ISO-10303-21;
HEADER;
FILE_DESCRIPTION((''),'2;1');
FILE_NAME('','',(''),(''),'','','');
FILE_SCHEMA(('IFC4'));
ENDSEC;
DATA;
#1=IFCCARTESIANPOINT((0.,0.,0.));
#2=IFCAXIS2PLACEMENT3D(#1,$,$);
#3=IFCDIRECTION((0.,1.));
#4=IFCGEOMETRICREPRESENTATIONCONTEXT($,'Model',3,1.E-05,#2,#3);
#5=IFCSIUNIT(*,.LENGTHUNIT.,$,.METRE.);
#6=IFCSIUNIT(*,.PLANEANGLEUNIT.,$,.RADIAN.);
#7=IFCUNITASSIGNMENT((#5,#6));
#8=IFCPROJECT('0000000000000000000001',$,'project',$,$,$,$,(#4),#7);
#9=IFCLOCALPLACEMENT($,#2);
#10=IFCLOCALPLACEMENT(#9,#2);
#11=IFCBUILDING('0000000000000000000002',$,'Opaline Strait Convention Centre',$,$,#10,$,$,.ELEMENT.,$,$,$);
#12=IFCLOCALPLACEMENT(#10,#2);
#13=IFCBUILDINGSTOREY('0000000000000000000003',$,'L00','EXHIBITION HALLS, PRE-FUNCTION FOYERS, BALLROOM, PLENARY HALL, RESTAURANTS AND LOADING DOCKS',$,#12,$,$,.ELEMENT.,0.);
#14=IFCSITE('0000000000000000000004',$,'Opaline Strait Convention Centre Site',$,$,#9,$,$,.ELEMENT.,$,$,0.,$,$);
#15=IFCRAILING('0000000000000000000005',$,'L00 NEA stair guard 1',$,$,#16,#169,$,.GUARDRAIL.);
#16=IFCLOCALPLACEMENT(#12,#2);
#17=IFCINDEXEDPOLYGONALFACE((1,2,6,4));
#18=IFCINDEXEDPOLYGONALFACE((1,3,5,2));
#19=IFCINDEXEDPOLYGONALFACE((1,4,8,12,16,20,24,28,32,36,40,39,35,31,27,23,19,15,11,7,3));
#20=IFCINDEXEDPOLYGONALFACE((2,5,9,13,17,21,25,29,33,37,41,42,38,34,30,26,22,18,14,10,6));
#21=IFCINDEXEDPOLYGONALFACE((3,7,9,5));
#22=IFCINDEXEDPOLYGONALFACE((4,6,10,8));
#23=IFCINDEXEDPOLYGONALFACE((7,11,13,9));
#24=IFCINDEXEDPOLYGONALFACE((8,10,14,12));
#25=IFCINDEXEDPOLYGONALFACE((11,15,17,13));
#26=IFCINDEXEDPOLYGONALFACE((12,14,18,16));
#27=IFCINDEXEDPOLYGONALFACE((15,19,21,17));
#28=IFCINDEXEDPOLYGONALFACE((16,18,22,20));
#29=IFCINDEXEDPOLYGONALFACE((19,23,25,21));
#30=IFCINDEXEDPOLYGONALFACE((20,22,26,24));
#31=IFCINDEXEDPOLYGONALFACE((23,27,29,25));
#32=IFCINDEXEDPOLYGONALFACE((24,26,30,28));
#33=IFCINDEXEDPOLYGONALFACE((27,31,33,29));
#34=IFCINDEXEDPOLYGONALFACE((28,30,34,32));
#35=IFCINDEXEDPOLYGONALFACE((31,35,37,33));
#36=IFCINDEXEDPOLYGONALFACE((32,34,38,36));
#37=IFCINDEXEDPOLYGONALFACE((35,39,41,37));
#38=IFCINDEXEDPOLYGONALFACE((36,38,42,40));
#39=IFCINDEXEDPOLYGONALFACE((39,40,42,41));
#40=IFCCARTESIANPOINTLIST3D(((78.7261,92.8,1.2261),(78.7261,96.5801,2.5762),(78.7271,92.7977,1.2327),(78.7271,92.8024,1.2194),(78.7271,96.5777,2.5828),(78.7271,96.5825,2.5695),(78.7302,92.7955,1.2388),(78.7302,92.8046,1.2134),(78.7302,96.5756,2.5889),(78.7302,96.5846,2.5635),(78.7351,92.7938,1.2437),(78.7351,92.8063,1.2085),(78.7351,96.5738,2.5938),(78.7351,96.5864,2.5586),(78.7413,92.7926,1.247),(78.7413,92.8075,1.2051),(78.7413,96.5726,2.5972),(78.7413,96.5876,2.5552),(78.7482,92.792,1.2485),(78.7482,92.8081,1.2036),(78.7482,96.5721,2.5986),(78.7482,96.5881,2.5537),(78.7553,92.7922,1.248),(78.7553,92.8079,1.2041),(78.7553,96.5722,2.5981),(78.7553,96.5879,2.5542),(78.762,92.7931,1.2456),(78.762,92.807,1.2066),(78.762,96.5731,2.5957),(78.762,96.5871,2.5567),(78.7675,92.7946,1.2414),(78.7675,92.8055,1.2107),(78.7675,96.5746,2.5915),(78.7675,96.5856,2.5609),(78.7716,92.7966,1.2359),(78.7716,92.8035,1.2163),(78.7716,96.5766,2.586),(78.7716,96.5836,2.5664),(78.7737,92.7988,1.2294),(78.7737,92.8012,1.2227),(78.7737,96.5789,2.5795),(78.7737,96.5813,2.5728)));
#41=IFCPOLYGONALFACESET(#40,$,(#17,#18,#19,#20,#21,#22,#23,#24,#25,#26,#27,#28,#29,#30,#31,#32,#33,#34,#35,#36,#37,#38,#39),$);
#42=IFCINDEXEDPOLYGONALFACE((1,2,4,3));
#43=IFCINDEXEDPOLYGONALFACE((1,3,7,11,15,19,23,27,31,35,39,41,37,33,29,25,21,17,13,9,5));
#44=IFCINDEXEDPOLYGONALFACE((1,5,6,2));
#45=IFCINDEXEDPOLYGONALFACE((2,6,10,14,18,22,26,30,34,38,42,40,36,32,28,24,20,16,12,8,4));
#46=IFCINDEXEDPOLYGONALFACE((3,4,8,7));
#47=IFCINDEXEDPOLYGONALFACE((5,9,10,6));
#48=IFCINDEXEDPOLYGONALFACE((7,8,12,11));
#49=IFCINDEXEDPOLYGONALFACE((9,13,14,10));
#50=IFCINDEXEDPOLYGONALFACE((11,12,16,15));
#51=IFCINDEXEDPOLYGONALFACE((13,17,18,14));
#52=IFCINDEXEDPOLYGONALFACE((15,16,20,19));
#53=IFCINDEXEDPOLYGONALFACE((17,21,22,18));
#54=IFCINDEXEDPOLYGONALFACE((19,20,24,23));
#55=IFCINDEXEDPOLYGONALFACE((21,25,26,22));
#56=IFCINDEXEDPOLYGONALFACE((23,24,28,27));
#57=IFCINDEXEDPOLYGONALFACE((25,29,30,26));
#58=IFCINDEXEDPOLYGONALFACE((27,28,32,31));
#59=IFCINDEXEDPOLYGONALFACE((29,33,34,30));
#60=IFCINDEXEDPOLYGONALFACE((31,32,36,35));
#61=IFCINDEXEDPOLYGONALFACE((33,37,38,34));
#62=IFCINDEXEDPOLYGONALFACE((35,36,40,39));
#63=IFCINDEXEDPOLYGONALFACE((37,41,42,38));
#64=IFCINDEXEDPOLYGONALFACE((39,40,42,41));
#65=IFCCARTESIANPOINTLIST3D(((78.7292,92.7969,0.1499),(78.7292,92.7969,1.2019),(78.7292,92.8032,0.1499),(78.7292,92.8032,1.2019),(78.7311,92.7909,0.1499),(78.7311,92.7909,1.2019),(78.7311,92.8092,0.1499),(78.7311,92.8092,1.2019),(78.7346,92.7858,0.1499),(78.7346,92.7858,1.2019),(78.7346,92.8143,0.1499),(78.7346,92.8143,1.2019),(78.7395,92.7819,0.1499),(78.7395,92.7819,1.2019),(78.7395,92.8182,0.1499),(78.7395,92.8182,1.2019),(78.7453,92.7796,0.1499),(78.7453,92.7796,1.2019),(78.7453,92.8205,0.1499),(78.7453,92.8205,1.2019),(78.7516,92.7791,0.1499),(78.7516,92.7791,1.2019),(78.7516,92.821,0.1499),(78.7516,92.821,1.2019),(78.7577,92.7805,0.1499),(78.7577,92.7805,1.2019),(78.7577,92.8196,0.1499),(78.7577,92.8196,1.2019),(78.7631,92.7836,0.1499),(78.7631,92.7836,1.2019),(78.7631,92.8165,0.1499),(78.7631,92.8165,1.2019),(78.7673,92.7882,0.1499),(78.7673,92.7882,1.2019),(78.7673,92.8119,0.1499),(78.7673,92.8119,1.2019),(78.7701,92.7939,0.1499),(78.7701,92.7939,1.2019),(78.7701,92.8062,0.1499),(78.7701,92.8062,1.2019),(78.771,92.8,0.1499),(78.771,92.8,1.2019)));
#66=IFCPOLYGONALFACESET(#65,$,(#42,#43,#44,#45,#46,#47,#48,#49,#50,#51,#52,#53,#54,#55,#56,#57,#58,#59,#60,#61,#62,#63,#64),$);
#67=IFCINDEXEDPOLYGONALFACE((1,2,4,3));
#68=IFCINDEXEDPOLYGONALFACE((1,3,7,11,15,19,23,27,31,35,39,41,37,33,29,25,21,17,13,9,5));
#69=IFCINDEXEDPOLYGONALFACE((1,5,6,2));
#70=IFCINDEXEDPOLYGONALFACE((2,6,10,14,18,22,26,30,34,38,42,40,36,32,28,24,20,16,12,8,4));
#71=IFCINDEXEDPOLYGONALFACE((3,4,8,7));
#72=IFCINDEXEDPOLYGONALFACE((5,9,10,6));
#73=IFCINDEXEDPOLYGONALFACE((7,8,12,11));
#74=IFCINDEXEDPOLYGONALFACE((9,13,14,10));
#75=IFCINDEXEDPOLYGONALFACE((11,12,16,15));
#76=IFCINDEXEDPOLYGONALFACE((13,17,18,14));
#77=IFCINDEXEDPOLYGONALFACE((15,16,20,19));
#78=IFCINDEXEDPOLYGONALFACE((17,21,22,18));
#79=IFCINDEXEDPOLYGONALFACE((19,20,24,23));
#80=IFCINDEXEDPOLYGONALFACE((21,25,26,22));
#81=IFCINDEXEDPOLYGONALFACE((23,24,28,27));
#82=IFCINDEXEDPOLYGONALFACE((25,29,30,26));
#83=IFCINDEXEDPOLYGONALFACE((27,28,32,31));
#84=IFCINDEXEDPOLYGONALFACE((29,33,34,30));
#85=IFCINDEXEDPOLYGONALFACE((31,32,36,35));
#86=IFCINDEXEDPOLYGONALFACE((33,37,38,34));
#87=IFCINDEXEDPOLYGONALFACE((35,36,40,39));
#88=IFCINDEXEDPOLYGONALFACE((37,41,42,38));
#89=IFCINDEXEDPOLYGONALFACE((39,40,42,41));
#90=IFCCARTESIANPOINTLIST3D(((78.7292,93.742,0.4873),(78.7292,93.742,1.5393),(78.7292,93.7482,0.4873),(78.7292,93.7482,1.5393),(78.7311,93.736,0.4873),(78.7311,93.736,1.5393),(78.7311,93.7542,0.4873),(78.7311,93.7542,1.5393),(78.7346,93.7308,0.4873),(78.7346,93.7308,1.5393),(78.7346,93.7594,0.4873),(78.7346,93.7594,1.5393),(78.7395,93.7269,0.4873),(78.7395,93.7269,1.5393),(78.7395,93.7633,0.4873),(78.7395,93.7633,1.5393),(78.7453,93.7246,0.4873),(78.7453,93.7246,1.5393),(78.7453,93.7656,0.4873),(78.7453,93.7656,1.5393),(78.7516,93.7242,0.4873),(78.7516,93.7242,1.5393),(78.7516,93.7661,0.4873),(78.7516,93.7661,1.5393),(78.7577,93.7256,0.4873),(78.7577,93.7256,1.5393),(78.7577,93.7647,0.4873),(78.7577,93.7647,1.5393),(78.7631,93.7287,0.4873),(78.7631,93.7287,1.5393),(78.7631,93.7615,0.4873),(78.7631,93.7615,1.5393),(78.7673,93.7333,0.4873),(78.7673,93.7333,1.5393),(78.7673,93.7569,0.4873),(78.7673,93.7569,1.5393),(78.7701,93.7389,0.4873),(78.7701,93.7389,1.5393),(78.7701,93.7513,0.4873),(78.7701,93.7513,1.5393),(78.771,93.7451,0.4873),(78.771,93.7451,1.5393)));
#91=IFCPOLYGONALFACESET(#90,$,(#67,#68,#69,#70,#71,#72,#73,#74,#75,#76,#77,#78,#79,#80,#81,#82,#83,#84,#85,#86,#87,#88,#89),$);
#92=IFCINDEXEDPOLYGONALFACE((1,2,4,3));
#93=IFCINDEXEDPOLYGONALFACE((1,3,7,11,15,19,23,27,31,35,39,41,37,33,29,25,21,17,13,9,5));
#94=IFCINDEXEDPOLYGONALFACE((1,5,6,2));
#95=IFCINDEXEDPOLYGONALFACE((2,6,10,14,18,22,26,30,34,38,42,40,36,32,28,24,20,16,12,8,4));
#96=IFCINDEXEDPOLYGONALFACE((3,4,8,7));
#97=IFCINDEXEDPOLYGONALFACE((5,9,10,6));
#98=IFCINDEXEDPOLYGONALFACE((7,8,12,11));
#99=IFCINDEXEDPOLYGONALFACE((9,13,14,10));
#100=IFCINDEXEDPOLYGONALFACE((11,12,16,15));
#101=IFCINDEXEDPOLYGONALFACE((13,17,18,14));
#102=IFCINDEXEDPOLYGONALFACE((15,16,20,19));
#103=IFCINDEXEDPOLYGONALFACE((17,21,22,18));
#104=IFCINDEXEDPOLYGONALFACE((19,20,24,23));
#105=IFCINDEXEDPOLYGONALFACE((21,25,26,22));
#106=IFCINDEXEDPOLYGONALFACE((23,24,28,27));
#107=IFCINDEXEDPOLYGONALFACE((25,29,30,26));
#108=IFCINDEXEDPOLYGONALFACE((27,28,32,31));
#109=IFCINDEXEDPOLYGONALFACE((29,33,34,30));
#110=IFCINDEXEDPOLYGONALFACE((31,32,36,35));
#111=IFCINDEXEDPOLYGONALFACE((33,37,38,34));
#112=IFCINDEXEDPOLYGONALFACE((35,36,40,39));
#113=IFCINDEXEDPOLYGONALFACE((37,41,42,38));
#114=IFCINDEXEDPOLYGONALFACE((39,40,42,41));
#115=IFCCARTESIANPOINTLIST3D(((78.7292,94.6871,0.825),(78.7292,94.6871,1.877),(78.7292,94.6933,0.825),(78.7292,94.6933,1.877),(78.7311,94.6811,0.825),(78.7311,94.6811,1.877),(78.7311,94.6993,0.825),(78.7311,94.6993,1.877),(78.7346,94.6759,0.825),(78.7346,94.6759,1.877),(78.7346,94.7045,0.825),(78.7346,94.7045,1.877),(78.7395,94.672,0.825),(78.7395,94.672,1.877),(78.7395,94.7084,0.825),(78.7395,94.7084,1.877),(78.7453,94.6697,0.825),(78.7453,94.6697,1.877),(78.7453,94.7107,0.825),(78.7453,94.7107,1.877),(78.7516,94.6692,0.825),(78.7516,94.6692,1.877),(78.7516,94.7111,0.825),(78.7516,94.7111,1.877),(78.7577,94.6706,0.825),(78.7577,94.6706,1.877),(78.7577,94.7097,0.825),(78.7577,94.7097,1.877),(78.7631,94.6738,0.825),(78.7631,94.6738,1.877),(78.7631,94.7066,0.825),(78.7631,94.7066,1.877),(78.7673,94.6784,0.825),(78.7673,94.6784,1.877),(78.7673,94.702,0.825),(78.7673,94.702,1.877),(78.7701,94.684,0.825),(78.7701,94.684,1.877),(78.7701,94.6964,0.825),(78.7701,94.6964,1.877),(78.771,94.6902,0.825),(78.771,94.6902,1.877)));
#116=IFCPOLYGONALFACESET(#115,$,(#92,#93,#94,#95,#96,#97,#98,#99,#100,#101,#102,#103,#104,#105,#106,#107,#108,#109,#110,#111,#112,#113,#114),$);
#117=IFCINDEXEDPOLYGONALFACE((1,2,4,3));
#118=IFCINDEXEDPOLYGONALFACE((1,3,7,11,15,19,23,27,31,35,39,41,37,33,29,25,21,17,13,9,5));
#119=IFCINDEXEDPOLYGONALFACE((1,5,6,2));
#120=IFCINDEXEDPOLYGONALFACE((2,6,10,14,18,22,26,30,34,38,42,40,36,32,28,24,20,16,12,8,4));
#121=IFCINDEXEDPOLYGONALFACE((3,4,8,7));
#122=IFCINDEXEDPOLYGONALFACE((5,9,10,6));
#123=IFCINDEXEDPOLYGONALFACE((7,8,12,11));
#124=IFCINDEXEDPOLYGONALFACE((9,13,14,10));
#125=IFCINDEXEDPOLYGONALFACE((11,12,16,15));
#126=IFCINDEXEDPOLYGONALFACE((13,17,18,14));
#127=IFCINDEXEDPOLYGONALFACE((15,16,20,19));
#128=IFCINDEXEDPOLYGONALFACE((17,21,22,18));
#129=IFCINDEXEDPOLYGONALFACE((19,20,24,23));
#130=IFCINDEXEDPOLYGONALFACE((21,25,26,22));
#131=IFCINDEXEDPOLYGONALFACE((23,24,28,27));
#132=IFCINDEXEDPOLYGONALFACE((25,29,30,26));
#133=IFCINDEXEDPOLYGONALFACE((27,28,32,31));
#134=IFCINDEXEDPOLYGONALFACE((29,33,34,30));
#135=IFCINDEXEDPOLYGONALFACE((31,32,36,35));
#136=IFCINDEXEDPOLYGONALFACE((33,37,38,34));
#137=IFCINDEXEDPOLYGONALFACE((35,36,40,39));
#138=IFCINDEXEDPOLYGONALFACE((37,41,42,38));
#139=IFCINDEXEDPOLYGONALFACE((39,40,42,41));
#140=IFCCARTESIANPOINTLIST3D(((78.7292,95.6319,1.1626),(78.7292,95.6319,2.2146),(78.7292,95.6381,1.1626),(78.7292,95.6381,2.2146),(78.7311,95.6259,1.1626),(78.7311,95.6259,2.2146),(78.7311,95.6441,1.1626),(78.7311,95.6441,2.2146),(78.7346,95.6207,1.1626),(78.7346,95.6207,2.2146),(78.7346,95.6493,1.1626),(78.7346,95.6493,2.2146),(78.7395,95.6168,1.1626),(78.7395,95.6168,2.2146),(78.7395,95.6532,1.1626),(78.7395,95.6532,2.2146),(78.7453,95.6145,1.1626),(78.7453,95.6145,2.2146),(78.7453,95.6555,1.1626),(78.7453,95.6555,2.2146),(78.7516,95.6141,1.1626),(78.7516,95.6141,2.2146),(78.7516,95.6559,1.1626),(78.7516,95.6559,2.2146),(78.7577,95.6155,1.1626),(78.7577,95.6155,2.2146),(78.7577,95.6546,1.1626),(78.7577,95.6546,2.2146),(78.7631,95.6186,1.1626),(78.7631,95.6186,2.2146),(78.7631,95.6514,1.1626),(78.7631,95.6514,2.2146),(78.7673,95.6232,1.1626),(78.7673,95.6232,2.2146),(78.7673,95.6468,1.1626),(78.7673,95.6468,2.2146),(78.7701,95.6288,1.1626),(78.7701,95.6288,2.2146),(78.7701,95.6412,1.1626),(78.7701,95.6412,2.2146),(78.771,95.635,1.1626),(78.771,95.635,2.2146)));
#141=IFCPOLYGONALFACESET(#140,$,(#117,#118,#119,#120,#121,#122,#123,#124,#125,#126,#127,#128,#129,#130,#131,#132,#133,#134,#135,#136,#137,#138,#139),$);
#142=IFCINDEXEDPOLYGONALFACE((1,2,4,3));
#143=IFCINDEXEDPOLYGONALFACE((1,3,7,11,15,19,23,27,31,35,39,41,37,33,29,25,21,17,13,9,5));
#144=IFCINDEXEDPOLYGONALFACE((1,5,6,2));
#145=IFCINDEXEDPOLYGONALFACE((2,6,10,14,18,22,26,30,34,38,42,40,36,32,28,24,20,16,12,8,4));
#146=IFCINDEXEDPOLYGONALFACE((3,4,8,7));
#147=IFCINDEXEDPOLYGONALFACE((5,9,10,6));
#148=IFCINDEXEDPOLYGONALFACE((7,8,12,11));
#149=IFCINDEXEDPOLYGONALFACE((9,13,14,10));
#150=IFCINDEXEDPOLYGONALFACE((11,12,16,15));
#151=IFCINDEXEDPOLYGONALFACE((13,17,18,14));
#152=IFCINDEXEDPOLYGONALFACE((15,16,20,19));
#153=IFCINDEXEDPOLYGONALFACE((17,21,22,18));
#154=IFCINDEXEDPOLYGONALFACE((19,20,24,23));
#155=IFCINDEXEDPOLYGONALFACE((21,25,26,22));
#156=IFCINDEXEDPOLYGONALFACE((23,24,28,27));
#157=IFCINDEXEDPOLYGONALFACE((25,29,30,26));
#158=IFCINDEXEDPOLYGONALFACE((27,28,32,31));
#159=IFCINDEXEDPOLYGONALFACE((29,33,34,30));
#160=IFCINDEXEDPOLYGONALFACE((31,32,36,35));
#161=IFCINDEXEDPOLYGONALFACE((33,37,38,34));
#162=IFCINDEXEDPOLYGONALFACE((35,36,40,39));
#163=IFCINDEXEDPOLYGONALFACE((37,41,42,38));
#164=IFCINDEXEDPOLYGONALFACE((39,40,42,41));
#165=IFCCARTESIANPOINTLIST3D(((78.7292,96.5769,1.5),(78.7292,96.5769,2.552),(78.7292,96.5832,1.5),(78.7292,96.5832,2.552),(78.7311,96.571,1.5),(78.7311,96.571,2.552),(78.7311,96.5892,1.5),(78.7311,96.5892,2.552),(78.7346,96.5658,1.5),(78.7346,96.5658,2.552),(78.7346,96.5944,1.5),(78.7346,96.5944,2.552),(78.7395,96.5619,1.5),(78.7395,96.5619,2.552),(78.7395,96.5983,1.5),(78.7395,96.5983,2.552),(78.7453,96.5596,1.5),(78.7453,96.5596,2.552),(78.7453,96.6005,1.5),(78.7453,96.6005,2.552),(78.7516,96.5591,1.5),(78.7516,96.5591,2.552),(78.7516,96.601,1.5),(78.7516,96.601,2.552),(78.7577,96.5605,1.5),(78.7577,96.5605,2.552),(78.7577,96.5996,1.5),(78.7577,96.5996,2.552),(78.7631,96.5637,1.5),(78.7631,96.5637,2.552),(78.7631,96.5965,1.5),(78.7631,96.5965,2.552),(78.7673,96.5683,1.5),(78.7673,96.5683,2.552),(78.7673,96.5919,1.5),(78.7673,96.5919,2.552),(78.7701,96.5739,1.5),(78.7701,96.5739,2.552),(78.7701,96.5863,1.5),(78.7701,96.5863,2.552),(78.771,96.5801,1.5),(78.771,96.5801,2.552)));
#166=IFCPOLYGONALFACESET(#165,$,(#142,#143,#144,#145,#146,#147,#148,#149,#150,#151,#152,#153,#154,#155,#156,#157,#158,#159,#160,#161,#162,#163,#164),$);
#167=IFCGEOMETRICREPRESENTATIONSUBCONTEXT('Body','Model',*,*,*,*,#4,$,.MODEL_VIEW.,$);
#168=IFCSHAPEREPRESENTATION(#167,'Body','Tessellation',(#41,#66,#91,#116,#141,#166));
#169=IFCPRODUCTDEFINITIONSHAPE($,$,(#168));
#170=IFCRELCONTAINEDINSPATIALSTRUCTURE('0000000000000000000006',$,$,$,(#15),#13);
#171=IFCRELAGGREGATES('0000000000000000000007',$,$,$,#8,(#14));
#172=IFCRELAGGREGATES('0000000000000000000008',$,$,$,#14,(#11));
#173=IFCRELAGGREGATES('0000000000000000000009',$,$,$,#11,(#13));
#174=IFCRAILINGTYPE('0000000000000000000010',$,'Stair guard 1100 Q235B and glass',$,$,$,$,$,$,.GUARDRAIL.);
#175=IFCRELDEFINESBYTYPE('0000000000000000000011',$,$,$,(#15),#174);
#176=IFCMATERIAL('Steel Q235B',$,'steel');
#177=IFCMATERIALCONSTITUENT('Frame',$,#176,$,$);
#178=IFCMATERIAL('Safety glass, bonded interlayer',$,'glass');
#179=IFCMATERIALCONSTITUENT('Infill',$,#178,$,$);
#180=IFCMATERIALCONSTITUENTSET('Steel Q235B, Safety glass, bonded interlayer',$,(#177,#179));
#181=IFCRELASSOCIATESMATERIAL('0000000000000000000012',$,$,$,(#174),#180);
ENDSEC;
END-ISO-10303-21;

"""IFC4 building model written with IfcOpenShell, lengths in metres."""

from ifc_helpers import new_model, si_unit, direction, frame, origin, origin_2d, place, context, subcontext, project, spatial, circle, extrude, material, constituent, constituent_set, type_object, element, save


model = new_model("IFC4")

# Units and contexts
model_context = context("Model", 3, precision=1e-05, world=origin(), true_north=direction((0.0, 1.0)))
body_context = subcontext(model_context, "Body", "Model", "MODEL_VIEW")
ifc_project = project(units=[si_unit("LENGTHUNIT", "METRE"), si_unit("PLANEANGLEUNIT", "RADIAN")], contexts=[model_context])

# Site, building, storey
site_placement = place(None, origin())
site = spatial("IfcSite", under=ifc_project, at=site_placement, Name="Opaline Strait Convention Centre Site", CompositionType="ELEMENT", RefElevation=0.0)
building_placement = place(site_placement, origin())
building = spatial("IfcBuilding", under=site, at=building_placement, Name="Opaline Strait Convention Centre", CompositionType="ELEMENT")
storey_placement = place(building_placement, origin())
storey = spatial("IfcBuildingStorey", under=building, at=storey_placement, Name="L00", Description="EXHIBITION HALLS, PRE-FUNCTION FOYERS, BALLROOM, PLENARY HALL, RESTAURANTS AND LOADING DOCKS", CompositionType="ELEMENT", Elevation=0.0)

# Railing
ifc_material_1 = material(Name="Steel Q235B", Category="steel")
ifc_constituent_1 = constituent(ifc_material_1, Name="Frame")
ifc_material_2 = material(Name="Safety glass, bonded interlayer", Category="glass")
ifc_constituent_2 = constituent(ifc_material_2, Name="Infill")
ifc_constituent_set = constituent_set(constituents=[ifc_constituent_1, ifc_constituent_2], Name="Steel Q235B, Safety glass, bonded interlayer")
railing_type_1 = type_object("IfcRailingType", Name="Stair guard 1100 Q235B and glass", PredefinedType="GUARDRAIL", material=ifc_constituent_set)
railing_1_placement = place(storey_placement, frame((78.75, 92.8, 0.1499)))
element("IfcRailing", 1, at=railing_1_placement, inside=storey, type_object=railing_type_1, Name="L00 NEA stair guard 1", PredefinedType="GUARDRAIL", context=body_context, shape_type="SweptSolid", body=[
    extrude(circle(Radius=0.0239, at=origin_2d()), frame((0.0, 0.0, 1.0762), z_axis=(0.0, 0.941735, 0.336356), x_axis=(-1.0, 0.0, 0.0)), (0.0, 0.0, 1.0), 4.0139),
    extrude(circle(Radius=0.021, at=origin_2d()), origin(), (0.0, 0.0, 1.0), 1.052),
    extrude(circle(Radius=0.021, at=origin_2d()), frame((0.0, 0.9451, 0.3374)), (0.0, 0.0, 1.0), 1.052),
    extrude(circle(Radius=0.021, at=origin_2d()), frame((0.0, 1.8901, 0.675)), (0.0, 0.0, 1.0), 1.052),
    extrude(circle(Radius=0.021, at=origin_2d()), frame((0.0, 2.835, 1.0127)), (0.0, 0.0, 1.0), 1.052),
    extrude(circle(Radius=0.021, at=origin_2d()), frame((0.0, 3.78, 1.3501)), (0.0, 0.0, 1.0), 1.052),
])

save(model, "model.ifc")
